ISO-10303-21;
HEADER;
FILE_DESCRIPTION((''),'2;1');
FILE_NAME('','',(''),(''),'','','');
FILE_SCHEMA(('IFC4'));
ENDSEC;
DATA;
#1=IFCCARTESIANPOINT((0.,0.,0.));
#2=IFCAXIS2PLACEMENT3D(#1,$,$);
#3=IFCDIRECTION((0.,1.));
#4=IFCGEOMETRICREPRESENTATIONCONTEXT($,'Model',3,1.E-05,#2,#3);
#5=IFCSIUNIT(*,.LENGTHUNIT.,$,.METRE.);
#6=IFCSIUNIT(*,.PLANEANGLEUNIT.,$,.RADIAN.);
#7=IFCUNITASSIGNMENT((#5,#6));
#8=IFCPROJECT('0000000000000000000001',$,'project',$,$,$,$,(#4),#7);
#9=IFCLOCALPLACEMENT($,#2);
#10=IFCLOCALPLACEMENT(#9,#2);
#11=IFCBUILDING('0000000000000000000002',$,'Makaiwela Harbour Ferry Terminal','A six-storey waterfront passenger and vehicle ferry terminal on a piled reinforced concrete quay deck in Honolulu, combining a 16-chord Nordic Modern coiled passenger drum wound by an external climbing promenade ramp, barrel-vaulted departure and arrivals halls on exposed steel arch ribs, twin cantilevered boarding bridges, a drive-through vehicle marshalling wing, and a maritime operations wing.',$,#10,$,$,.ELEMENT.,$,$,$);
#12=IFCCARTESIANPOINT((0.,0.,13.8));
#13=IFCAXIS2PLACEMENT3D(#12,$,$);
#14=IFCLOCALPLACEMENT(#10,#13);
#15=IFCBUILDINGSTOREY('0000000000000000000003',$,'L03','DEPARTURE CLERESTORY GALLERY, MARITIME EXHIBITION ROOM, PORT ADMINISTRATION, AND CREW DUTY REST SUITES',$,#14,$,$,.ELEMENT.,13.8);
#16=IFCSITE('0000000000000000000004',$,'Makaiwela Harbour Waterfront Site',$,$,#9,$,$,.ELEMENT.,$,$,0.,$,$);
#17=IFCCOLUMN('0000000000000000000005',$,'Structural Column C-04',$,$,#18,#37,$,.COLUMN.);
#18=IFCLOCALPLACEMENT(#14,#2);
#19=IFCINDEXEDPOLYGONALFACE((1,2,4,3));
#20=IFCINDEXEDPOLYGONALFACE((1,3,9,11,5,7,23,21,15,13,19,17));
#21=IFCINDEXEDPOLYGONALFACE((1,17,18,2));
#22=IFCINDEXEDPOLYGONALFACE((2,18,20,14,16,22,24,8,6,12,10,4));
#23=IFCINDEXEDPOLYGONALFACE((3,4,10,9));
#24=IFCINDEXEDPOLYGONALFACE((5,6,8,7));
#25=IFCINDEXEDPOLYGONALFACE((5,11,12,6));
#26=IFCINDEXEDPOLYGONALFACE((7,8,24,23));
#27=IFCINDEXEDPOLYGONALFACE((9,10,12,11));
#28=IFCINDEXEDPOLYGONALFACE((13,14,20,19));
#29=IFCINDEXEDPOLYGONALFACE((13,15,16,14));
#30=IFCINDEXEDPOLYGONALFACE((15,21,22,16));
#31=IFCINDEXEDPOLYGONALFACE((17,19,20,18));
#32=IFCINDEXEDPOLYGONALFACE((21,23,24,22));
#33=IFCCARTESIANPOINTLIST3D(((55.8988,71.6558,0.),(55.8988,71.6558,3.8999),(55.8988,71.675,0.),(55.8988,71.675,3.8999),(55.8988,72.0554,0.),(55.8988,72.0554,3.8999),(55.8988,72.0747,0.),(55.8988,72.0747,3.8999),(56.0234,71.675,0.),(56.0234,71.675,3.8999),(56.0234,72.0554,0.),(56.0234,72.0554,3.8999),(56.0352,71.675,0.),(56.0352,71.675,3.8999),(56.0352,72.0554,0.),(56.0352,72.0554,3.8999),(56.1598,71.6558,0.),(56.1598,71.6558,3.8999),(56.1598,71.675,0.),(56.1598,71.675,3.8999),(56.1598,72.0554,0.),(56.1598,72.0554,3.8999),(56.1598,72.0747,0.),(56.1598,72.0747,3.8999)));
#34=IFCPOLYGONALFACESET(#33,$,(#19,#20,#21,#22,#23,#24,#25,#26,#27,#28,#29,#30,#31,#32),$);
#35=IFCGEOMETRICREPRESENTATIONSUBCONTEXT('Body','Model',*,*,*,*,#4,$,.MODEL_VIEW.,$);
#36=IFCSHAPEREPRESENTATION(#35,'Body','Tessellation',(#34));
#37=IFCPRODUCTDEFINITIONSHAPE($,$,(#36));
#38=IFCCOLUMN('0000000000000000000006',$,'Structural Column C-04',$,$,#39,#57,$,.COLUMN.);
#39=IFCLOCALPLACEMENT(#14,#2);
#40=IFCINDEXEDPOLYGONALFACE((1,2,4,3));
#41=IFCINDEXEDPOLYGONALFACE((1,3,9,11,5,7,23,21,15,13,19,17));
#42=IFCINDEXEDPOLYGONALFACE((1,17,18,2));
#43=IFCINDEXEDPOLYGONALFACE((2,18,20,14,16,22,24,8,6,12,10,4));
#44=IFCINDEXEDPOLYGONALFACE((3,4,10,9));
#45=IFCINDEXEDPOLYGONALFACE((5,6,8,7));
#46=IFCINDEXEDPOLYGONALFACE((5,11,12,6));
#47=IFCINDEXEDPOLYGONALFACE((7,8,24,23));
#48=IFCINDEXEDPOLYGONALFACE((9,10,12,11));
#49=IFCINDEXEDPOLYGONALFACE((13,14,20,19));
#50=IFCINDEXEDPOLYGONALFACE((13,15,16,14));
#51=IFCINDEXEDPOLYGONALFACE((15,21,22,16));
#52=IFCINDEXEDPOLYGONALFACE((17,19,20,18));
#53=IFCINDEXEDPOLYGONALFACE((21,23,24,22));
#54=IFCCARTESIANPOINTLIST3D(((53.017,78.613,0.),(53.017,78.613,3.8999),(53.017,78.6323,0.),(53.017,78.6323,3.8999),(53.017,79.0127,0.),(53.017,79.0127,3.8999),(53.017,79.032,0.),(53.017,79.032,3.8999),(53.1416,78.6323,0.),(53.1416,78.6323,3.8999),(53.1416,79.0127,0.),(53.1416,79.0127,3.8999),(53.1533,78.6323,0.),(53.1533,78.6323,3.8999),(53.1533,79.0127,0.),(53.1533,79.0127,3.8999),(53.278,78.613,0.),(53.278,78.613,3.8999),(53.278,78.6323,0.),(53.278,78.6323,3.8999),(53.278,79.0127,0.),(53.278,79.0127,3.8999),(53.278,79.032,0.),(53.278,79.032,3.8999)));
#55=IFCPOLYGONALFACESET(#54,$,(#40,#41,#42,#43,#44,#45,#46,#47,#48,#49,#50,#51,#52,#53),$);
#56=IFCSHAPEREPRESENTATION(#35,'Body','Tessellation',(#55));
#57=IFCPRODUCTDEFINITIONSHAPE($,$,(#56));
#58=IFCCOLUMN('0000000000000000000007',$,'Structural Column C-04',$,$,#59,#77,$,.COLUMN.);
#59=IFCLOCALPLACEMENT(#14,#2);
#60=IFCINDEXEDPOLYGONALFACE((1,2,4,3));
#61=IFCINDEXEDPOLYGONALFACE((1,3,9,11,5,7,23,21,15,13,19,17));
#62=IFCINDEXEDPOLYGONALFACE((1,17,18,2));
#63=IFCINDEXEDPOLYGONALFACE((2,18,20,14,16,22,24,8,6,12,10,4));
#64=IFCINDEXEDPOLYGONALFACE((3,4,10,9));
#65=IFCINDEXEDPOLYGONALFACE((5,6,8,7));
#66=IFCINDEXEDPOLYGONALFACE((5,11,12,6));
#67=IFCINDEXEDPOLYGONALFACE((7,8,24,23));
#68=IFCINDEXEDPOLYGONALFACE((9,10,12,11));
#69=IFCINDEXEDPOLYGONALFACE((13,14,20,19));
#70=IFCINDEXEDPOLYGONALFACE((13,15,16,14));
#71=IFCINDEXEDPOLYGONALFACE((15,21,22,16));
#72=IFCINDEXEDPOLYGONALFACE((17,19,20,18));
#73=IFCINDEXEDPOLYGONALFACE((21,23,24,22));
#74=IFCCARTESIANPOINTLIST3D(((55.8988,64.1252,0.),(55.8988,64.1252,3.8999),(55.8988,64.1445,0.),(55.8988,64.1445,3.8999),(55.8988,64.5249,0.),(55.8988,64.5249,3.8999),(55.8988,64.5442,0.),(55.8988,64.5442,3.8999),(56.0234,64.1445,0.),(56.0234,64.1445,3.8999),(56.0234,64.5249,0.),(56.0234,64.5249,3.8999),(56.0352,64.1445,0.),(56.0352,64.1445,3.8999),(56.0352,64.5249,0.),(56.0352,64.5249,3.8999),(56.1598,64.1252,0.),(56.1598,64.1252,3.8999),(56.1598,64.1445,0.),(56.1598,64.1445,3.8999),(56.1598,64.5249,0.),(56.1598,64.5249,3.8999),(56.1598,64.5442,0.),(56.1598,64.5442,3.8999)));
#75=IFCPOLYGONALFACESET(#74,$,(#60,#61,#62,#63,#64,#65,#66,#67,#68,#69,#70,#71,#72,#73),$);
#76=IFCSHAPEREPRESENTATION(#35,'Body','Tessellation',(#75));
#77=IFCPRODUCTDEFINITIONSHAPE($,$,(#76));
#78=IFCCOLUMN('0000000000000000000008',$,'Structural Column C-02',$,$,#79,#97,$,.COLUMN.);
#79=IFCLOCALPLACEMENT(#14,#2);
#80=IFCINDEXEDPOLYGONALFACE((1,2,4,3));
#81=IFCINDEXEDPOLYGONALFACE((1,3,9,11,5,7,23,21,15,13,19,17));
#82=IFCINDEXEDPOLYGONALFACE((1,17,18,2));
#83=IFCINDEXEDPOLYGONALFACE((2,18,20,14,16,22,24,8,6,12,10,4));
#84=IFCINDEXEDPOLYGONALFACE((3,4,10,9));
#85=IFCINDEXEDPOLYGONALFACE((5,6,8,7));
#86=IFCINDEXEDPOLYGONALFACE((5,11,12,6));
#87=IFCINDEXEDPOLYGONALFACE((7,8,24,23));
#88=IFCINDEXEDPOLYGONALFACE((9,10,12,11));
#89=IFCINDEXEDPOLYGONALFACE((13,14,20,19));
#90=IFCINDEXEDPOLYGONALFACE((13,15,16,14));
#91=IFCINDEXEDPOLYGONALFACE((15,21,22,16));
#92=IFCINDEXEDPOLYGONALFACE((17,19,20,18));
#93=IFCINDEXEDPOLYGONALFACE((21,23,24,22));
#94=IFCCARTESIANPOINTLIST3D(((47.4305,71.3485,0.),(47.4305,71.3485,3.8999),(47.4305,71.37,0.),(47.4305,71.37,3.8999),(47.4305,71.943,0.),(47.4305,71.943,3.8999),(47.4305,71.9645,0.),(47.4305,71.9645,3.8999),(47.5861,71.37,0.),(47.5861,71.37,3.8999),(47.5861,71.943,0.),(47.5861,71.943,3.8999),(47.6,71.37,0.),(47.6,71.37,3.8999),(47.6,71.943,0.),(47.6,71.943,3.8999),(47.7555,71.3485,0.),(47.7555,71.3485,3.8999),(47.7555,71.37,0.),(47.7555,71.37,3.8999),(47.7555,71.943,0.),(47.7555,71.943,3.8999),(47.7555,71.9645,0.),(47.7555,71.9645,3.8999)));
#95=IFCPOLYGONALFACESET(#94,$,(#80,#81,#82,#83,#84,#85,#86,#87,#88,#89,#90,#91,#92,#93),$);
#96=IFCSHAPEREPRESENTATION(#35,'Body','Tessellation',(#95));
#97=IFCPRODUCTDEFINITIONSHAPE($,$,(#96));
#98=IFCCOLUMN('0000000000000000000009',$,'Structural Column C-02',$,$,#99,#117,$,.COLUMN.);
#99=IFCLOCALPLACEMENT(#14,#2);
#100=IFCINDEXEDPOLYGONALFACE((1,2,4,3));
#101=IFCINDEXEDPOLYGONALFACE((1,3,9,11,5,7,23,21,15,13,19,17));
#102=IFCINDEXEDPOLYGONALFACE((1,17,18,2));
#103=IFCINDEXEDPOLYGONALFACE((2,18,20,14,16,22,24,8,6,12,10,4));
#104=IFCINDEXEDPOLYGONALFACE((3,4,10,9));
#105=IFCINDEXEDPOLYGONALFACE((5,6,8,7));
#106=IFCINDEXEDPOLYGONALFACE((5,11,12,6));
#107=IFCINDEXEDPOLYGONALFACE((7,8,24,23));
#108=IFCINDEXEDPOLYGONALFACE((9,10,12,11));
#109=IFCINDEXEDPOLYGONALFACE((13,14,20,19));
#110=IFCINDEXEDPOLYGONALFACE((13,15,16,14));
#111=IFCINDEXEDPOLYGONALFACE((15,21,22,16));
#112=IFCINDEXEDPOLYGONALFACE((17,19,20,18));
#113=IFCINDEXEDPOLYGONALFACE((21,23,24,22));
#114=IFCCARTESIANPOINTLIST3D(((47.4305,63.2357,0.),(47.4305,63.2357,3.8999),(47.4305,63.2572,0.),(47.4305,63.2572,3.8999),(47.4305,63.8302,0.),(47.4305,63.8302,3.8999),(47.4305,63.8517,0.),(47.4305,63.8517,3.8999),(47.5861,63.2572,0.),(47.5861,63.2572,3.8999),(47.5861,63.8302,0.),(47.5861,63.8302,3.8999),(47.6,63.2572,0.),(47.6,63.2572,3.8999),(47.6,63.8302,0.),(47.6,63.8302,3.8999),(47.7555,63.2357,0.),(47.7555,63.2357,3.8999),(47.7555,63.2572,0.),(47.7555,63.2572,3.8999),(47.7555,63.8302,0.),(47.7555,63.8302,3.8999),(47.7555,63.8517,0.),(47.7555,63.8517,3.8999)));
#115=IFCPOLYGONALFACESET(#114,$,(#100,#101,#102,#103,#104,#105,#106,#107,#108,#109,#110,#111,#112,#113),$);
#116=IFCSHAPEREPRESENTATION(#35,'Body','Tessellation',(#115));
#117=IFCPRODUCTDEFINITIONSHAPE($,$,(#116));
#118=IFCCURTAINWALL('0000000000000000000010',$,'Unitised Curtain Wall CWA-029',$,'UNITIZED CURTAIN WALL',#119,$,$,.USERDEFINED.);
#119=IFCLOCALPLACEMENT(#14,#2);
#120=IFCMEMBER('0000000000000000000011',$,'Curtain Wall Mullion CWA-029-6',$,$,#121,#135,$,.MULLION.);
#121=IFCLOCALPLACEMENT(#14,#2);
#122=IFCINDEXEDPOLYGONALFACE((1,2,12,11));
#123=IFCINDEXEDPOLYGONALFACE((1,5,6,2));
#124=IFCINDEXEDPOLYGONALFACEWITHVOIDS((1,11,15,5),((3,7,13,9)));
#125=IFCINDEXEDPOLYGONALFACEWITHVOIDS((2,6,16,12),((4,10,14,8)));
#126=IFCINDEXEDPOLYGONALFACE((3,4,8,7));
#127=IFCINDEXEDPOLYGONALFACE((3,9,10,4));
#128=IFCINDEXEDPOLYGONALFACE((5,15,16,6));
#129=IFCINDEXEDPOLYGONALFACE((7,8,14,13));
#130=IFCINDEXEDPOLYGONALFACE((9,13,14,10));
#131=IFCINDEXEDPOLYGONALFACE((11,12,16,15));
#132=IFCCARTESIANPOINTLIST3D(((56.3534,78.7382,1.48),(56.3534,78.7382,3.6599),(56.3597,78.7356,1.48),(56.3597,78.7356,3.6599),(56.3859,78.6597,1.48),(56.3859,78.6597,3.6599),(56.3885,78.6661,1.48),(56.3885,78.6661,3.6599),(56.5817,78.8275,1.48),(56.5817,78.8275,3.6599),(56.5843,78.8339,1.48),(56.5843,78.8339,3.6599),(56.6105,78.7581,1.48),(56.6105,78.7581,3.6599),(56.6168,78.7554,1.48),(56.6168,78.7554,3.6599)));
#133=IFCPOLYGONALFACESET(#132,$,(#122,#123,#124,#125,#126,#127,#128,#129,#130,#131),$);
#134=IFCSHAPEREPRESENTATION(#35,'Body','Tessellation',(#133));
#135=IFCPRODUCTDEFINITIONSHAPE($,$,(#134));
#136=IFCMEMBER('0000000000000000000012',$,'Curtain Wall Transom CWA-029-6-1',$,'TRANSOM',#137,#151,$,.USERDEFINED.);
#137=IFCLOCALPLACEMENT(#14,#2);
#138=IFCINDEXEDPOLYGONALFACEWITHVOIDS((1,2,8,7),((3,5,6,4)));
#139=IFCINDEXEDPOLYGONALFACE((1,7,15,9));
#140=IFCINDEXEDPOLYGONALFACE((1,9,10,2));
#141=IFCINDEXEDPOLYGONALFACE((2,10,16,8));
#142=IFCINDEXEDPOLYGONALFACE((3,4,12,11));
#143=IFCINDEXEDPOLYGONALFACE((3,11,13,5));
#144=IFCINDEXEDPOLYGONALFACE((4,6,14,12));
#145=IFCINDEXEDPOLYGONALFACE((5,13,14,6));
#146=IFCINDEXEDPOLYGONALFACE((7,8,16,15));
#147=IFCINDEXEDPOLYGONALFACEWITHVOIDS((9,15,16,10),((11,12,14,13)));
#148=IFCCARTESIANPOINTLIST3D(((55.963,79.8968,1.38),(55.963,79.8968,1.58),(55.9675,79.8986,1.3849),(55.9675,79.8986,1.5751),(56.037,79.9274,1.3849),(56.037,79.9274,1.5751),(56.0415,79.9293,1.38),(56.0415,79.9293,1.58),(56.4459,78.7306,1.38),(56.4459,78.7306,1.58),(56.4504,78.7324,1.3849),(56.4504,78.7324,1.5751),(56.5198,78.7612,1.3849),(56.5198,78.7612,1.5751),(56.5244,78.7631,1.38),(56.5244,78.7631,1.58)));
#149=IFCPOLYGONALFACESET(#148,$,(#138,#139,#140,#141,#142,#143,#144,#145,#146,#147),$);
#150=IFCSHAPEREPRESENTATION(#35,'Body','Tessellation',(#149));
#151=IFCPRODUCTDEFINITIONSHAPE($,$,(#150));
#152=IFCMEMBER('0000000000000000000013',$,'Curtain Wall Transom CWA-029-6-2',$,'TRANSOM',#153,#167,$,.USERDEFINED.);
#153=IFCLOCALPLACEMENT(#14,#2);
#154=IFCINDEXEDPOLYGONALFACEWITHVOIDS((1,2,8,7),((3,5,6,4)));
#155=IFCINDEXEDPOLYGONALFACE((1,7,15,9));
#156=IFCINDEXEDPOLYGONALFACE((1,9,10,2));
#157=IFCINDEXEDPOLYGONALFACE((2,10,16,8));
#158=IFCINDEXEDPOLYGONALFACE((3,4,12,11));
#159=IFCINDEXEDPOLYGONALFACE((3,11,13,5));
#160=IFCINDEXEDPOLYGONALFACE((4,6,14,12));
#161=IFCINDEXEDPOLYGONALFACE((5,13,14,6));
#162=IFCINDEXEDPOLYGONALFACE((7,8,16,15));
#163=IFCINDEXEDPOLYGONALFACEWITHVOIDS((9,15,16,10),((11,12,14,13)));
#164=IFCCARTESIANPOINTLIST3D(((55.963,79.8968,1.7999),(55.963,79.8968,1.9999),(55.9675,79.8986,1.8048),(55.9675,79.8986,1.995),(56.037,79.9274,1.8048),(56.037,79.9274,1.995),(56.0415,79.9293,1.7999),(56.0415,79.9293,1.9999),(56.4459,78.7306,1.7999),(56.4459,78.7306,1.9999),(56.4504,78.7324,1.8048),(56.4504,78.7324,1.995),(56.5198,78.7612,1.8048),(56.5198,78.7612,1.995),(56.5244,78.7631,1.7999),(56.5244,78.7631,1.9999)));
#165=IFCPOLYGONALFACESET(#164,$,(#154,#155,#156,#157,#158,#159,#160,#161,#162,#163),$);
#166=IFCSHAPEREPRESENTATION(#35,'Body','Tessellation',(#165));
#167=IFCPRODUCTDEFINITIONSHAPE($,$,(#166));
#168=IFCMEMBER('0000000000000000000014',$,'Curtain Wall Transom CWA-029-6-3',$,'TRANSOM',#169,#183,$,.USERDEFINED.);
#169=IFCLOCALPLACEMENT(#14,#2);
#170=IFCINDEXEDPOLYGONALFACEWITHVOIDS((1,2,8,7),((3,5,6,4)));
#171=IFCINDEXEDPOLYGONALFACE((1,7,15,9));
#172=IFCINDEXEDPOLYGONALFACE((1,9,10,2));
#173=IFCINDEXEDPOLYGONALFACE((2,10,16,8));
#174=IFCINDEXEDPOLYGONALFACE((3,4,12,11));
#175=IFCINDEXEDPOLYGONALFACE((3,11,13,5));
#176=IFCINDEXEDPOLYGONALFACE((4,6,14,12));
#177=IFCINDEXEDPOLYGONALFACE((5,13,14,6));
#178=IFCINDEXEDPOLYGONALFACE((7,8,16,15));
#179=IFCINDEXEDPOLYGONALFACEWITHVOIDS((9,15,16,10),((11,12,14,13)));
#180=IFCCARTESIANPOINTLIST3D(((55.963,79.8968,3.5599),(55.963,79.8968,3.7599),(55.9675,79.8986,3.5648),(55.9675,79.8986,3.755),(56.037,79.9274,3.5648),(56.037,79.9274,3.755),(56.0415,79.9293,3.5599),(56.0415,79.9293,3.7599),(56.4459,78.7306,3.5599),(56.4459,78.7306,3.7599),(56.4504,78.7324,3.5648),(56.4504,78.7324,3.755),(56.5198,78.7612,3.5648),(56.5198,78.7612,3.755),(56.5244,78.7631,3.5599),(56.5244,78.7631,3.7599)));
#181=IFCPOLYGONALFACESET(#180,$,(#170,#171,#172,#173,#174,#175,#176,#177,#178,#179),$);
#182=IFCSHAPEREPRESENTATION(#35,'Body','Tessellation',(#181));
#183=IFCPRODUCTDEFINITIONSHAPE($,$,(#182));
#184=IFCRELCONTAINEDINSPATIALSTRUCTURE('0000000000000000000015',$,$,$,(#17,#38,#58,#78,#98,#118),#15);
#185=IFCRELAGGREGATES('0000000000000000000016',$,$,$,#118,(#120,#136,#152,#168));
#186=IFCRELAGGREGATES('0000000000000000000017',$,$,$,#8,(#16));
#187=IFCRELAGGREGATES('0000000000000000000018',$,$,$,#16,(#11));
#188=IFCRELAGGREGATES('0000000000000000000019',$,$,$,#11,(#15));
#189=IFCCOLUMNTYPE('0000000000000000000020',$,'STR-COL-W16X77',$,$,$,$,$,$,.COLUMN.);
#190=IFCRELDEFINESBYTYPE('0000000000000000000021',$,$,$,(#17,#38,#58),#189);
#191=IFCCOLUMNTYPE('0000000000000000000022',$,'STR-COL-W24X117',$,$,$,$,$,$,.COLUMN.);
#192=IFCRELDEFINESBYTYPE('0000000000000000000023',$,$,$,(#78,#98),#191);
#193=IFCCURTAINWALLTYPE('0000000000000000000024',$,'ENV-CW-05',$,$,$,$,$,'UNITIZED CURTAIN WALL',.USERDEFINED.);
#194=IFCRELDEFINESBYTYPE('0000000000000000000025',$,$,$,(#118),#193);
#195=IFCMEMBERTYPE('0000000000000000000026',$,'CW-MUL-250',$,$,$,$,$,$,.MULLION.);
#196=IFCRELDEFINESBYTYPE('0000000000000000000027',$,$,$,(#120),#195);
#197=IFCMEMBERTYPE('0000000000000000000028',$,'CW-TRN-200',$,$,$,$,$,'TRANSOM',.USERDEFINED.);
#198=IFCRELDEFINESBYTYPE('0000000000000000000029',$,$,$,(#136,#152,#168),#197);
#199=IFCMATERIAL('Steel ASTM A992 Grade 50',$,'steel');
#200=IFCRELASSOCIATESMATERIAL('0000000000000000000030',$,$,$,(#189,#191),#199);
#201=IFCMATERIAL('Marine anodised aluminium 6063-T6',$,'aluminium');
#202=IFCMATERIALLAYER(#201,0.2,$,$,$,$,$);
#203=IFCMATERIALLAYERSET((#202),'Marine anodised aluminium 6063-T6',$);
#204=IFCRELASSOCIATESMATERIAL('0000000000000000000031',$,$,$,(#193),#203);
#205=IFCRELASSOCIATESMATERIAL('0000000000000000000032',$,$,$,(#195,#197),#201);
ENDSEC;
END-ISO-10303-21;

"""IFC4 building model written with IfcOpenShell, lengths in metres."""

from ifc_helpers import new_model, si_unit, direction, frame, origin, origin_2d, place, context, subcontext, project, spatial, hollow_rectangle, i_section, extrude, material, layer, layer_set, material_profile, profile_set, type_object, element, aggregate, save


model = new_model("IFC4")

# Units and contexts
model_context = context("Model", 3, precision=1e-05, world=origin(), true_north=direction((0.0, 1.0)))
body_context = subcontext(model_context, "Body", "Model", "MODEL_VIEW")
ifc_project = project(units=[si_unit("LENGTHUNIT", "METRE"), si_unit("PLANEANGLEUNIT", "RADIAN")], contexts=[model_context])

# Site, building, storey
site_placement = place(None, origin())
site = spatial("IfcSite", under=ifc_project, at=site_placement, Name="Makaiwela Harbour Waterfront Site", CompositionType="ELEMENT", RefElevation=0.0)
building_placement = place(site_placement, origin())
building = spatial("IfcBuilding", under=site, at=building_placement, Name="Makaiwela Harbour Ferry Terminal", Description="A six-storey waterfront passenger and vehicle ferry terminal on a piled reinforced concrete quay deck in Honolulu, combining a 16-chord Nordic Modern coiled passenger drum wound by an external climbing promenade ramp, barrel-vaulted departure and arrivals halls on exposed steel arch ribs, twin cantilevered boarding bridges, a drive-through vehicle marshalling wing, and a maritime operations wing.", CompositionType="ELEMENT")
storey_placement = place(building_placement, frame((0.0, 0.0, 13.8)))
storey = spatial("IfcBuildingStorey", under=building, at=storey_placement, Name="L03", Description="DEPARTURE CLERESTORY GALLERY, MARITIME EXHIBITION ROOM, PORT ADMINISTRATION, AND CREW DUTY REST SUITES", CompositionType="ELEMENT", Elevation=13.8)

# Columns
ifc_material_1 = material(Name="Steel ASTM A992 Grade 50", Category="steel")
ifc_material_profile_1 = material_profile(ifc_material_1, i_section(OverallWidth=0.261, OverallDepth=0.4189, WebThickness=0.0117, FlangeThickness=0.0193, at=origin_2d()), Name="W16X77")
ifc_profile_set_1 = profile_set([ifc_material_profile_1], Name="Steel ASTM A992 Grade 50")
column_type_1 = type_object("IfcColumnType", Name="STR-COL-W16X77", PredefinedType="COLUMN", material=ifc_profile_set_1)
for number, where, z_axis, x_axis, name in (
    (1, (56.0293, 71.8652, 0.0), (0.0, 0.0, 1.0), (1.0, 0.0, 0.0), "Structural Column C-04"),
    (2, (53.1475, 78.8225, 0.0), (0.0, 0.0, 1.0), (1.0, 0.0, 0.0), "Structural Column C-04"),
    (3, (56.0293, 64.3347, 0.0), (0.0, 0.0, 1.0), (1.0, 0.0, 0.0), "Structural Column C-04"),
):
    element("IfcColumn", number, at=place(storey_placement, frame(where, z_axis=z_axis, x_axis=x_axis)), inside=storey, type_object=column_type_1, Name=name, PredefinedType="COLUMN", context=body_context, shape_type="SweptSolid", body=[
        extrude(i_section(OverallWidth=0.261, OverallDepth=0.4189, WebThickness=0.0117, FlangeThickness=0.0193, at=origin_2d()), origin(), (0.0, 0.0, 1.0), 3.8999),
    ])
ifc_material_profile_2 = material_profile(ifc_material_1, i_section(OverallWidth=0.325, OverallDepth=0.616, WebThickness=0.0139, FlangeThickness=0.0215, at=origin_2d()), Name="W24X117")
ifc_profile_set_2 = profile_set([ifc_material_profile_2], Name="Steel ASTM A992 Grade 50")
column_type_2 = type_object("IfcColumnType", Name="STR-COL-W24X117", PredefinedType="COLUMN", material=ifc_profile_set_2)
for number, where, z_axis, x_axis, name in (
    (4, (47.593, 71.6565, 0.0), (0.0, 0.0, 1.0), (1.0, 0.0, 0.0), "Structural Column C-02"),
    (5, (47.593, 63.5437, 0.0), (0.0, 0.0, 1.0), (1.0, 0.0, 0.0), "Structural Column C-02"),
):
    element("IfcColumn", number, at=place(storey_placement, frame(where, z_axis=z_axis, x_axis=x_axis)), inside=storey, type_object=column_type_2, Name=name, PredefinedType="COLUMN", context=body_context, shape_type="SweptSolid", body=[
        extrude(i_section(OverallWidth=0.325, OverallDepth=0.616, WebThickness=0.0139, FlangeThickness=0.0215, at=origin_2d()), origin(), (0.0, 0.0, 1.0), 3.8999),
    ])

# Curtain wall, members
ifc_material_2 = material(Name="Marine anodised aluminium 6063-T6", Category="aluminium")
ifc_layer_1 = layer(ifc_material_2, 0.2)
ifc_layer_set_1 = layer_set([ifc_layer_1], Name="Marine anodised aluminium 6063-T6")
curtain_wall_type = type_object("IfcCurtainWallType", Name="ENV-CW-05", ElementType="UNITIZED CURTAIN WALL", PredefinedType="USERDEFINED", material=ifc_layer_set_1)
curtain_wall_placement = place(storey_placement, origin())
curtain_wall = element("IfcCurtainWall", 6, at=curtain_wall_placement, inside=storey, type_object=curtain_wall_type, Name="Unitised Curtain Wall CWA-029", ObjectType="UNITIZED CURTAIN WALL", PredefinedType="USERDEFINED")
ifc_material_profile_3 = material_profile(ifc_material_2, hollow_rectangle(XDim=0.085, YDim=0.25, WallThickness=0.0049, at=origin_2d()), Name="CWM-250X85")
ifc_profile_set_3 = profile_set([ifc_material_profile_3], Name="Marine anodised aluminium 6063-T6")
member_type_1 = type_object("IfcMemberType", Name="CW-MUL-250", PredefinedType="MULLION", material=ifc_profile_set_3)
member_1_placement = place(storey_placement, frame((56.4851, 78.7468, 1.48), z_axis=(0.0, 0.0, 1.0), x_axis=(-0.382683, 0.92388, 0.0)))
member_1 = element("IfcMember", 7, at=member_1_placement, type_object=member_type_1, Name="Curtain Wall Mullion CWA-029-6", PredefinedType="MULLION", context=body_context, shape_type="SweptSolid", body=[
    extrude(hollow_rectangle(XDim=0.085, YDim=0.25, WallThickness=0.0049, at=origin_2d()), origin(), (0.0, 0.0, 1.0), 2.1799),
])
ifc_material_profile_4 = material_profile(ifc_material_2, hollow_rectangle(XDim=0.085, YDim=0.2, WallThickness=0.0049, at=origin_2d()), Name="CWT-200X85")
ifc_profile_set_4 = profile_set([ifc_material_profile_4], Name="Marine anodised aluminium 6063-T6")
member_type_2 = type_object("IfcMemberType", Name="CW-TRN-200", ElementType="TRANSOM", PredefinedType="USERDEFINED", material=ifc_profile_set_4)
member_2_placement = place(storey_placement, frame((56.4851, 78.7468, 1.48), z_axis=(-0.382568, 0.923927, 0.0), x_axis=(-0.923927, -0.382568, 0.0)))
member_2 = element("IfcMember", 8, at=member_2_placement, type_object=member_type_2, Name="Curtain Wall Transom CWA-029-6-1", ObjectType="TRANSOM", PredefinedType="USERDEFINED", context=body_context, shape_type="SweptSolid", body=[
    extrude(hollow_rectangle(XDim=0.085, YDim=0.2, WallThickness=0.0049, at=origin_2d()), origin(), (0.0, 0.0, 1.0), 1.2622),
])
member_3_placement = place(storey_placement, frame((56.4851, 78.7468, 1.8999), z_axis=(-0.382568, 0.923927, 0.0), x_axis=(-0.923927, -0.382568, 0.0)))
member_3 = element("IfcMember", 9, at=member_3_placement, type_object=member_type_2, Name="Curtain Wall Transom CWA-029-6-2", ObjectType="TRANSOM", PredefinedType="USERDEFINED", context=body_context, shape_type="SweptSolid", body=[
    extrude(hollow_rectangle(XDim=0.085, YDim=0.2, WallThickness=0.0049, at=origin_2d()), origin(), (0.0, 0.0, 1.0), 1.2622),
])
member_4_placement = place(storey_placement, frame((56.4851, 78.7468, 3.6599), z_axis=(-0.382568, 0.923927, 0.0), x_axis=(-0.923927, -0.382568, 0.0)))
member_4 = element("IfcMember", 10, at=member_4_placement, type_object=member_type_2, Name="Curtain Wall Transom CWA-029-6-3", ObjectType="TRANSOM", PredefinedType="USERDEFINED", context=body_context, shape_type="SweptSolid", body=[
    extrude(hollow_rectangle(XDim=0.085, YDim=0.2, WallThickness=0.0049, at=origin_2d()), origin(), (0.0, 0.0, 1.0), 1.2622),
])
aggregate(curtain_wall, [member_1, member_2, member_3, member_4])

save(model, "model.ifc")
